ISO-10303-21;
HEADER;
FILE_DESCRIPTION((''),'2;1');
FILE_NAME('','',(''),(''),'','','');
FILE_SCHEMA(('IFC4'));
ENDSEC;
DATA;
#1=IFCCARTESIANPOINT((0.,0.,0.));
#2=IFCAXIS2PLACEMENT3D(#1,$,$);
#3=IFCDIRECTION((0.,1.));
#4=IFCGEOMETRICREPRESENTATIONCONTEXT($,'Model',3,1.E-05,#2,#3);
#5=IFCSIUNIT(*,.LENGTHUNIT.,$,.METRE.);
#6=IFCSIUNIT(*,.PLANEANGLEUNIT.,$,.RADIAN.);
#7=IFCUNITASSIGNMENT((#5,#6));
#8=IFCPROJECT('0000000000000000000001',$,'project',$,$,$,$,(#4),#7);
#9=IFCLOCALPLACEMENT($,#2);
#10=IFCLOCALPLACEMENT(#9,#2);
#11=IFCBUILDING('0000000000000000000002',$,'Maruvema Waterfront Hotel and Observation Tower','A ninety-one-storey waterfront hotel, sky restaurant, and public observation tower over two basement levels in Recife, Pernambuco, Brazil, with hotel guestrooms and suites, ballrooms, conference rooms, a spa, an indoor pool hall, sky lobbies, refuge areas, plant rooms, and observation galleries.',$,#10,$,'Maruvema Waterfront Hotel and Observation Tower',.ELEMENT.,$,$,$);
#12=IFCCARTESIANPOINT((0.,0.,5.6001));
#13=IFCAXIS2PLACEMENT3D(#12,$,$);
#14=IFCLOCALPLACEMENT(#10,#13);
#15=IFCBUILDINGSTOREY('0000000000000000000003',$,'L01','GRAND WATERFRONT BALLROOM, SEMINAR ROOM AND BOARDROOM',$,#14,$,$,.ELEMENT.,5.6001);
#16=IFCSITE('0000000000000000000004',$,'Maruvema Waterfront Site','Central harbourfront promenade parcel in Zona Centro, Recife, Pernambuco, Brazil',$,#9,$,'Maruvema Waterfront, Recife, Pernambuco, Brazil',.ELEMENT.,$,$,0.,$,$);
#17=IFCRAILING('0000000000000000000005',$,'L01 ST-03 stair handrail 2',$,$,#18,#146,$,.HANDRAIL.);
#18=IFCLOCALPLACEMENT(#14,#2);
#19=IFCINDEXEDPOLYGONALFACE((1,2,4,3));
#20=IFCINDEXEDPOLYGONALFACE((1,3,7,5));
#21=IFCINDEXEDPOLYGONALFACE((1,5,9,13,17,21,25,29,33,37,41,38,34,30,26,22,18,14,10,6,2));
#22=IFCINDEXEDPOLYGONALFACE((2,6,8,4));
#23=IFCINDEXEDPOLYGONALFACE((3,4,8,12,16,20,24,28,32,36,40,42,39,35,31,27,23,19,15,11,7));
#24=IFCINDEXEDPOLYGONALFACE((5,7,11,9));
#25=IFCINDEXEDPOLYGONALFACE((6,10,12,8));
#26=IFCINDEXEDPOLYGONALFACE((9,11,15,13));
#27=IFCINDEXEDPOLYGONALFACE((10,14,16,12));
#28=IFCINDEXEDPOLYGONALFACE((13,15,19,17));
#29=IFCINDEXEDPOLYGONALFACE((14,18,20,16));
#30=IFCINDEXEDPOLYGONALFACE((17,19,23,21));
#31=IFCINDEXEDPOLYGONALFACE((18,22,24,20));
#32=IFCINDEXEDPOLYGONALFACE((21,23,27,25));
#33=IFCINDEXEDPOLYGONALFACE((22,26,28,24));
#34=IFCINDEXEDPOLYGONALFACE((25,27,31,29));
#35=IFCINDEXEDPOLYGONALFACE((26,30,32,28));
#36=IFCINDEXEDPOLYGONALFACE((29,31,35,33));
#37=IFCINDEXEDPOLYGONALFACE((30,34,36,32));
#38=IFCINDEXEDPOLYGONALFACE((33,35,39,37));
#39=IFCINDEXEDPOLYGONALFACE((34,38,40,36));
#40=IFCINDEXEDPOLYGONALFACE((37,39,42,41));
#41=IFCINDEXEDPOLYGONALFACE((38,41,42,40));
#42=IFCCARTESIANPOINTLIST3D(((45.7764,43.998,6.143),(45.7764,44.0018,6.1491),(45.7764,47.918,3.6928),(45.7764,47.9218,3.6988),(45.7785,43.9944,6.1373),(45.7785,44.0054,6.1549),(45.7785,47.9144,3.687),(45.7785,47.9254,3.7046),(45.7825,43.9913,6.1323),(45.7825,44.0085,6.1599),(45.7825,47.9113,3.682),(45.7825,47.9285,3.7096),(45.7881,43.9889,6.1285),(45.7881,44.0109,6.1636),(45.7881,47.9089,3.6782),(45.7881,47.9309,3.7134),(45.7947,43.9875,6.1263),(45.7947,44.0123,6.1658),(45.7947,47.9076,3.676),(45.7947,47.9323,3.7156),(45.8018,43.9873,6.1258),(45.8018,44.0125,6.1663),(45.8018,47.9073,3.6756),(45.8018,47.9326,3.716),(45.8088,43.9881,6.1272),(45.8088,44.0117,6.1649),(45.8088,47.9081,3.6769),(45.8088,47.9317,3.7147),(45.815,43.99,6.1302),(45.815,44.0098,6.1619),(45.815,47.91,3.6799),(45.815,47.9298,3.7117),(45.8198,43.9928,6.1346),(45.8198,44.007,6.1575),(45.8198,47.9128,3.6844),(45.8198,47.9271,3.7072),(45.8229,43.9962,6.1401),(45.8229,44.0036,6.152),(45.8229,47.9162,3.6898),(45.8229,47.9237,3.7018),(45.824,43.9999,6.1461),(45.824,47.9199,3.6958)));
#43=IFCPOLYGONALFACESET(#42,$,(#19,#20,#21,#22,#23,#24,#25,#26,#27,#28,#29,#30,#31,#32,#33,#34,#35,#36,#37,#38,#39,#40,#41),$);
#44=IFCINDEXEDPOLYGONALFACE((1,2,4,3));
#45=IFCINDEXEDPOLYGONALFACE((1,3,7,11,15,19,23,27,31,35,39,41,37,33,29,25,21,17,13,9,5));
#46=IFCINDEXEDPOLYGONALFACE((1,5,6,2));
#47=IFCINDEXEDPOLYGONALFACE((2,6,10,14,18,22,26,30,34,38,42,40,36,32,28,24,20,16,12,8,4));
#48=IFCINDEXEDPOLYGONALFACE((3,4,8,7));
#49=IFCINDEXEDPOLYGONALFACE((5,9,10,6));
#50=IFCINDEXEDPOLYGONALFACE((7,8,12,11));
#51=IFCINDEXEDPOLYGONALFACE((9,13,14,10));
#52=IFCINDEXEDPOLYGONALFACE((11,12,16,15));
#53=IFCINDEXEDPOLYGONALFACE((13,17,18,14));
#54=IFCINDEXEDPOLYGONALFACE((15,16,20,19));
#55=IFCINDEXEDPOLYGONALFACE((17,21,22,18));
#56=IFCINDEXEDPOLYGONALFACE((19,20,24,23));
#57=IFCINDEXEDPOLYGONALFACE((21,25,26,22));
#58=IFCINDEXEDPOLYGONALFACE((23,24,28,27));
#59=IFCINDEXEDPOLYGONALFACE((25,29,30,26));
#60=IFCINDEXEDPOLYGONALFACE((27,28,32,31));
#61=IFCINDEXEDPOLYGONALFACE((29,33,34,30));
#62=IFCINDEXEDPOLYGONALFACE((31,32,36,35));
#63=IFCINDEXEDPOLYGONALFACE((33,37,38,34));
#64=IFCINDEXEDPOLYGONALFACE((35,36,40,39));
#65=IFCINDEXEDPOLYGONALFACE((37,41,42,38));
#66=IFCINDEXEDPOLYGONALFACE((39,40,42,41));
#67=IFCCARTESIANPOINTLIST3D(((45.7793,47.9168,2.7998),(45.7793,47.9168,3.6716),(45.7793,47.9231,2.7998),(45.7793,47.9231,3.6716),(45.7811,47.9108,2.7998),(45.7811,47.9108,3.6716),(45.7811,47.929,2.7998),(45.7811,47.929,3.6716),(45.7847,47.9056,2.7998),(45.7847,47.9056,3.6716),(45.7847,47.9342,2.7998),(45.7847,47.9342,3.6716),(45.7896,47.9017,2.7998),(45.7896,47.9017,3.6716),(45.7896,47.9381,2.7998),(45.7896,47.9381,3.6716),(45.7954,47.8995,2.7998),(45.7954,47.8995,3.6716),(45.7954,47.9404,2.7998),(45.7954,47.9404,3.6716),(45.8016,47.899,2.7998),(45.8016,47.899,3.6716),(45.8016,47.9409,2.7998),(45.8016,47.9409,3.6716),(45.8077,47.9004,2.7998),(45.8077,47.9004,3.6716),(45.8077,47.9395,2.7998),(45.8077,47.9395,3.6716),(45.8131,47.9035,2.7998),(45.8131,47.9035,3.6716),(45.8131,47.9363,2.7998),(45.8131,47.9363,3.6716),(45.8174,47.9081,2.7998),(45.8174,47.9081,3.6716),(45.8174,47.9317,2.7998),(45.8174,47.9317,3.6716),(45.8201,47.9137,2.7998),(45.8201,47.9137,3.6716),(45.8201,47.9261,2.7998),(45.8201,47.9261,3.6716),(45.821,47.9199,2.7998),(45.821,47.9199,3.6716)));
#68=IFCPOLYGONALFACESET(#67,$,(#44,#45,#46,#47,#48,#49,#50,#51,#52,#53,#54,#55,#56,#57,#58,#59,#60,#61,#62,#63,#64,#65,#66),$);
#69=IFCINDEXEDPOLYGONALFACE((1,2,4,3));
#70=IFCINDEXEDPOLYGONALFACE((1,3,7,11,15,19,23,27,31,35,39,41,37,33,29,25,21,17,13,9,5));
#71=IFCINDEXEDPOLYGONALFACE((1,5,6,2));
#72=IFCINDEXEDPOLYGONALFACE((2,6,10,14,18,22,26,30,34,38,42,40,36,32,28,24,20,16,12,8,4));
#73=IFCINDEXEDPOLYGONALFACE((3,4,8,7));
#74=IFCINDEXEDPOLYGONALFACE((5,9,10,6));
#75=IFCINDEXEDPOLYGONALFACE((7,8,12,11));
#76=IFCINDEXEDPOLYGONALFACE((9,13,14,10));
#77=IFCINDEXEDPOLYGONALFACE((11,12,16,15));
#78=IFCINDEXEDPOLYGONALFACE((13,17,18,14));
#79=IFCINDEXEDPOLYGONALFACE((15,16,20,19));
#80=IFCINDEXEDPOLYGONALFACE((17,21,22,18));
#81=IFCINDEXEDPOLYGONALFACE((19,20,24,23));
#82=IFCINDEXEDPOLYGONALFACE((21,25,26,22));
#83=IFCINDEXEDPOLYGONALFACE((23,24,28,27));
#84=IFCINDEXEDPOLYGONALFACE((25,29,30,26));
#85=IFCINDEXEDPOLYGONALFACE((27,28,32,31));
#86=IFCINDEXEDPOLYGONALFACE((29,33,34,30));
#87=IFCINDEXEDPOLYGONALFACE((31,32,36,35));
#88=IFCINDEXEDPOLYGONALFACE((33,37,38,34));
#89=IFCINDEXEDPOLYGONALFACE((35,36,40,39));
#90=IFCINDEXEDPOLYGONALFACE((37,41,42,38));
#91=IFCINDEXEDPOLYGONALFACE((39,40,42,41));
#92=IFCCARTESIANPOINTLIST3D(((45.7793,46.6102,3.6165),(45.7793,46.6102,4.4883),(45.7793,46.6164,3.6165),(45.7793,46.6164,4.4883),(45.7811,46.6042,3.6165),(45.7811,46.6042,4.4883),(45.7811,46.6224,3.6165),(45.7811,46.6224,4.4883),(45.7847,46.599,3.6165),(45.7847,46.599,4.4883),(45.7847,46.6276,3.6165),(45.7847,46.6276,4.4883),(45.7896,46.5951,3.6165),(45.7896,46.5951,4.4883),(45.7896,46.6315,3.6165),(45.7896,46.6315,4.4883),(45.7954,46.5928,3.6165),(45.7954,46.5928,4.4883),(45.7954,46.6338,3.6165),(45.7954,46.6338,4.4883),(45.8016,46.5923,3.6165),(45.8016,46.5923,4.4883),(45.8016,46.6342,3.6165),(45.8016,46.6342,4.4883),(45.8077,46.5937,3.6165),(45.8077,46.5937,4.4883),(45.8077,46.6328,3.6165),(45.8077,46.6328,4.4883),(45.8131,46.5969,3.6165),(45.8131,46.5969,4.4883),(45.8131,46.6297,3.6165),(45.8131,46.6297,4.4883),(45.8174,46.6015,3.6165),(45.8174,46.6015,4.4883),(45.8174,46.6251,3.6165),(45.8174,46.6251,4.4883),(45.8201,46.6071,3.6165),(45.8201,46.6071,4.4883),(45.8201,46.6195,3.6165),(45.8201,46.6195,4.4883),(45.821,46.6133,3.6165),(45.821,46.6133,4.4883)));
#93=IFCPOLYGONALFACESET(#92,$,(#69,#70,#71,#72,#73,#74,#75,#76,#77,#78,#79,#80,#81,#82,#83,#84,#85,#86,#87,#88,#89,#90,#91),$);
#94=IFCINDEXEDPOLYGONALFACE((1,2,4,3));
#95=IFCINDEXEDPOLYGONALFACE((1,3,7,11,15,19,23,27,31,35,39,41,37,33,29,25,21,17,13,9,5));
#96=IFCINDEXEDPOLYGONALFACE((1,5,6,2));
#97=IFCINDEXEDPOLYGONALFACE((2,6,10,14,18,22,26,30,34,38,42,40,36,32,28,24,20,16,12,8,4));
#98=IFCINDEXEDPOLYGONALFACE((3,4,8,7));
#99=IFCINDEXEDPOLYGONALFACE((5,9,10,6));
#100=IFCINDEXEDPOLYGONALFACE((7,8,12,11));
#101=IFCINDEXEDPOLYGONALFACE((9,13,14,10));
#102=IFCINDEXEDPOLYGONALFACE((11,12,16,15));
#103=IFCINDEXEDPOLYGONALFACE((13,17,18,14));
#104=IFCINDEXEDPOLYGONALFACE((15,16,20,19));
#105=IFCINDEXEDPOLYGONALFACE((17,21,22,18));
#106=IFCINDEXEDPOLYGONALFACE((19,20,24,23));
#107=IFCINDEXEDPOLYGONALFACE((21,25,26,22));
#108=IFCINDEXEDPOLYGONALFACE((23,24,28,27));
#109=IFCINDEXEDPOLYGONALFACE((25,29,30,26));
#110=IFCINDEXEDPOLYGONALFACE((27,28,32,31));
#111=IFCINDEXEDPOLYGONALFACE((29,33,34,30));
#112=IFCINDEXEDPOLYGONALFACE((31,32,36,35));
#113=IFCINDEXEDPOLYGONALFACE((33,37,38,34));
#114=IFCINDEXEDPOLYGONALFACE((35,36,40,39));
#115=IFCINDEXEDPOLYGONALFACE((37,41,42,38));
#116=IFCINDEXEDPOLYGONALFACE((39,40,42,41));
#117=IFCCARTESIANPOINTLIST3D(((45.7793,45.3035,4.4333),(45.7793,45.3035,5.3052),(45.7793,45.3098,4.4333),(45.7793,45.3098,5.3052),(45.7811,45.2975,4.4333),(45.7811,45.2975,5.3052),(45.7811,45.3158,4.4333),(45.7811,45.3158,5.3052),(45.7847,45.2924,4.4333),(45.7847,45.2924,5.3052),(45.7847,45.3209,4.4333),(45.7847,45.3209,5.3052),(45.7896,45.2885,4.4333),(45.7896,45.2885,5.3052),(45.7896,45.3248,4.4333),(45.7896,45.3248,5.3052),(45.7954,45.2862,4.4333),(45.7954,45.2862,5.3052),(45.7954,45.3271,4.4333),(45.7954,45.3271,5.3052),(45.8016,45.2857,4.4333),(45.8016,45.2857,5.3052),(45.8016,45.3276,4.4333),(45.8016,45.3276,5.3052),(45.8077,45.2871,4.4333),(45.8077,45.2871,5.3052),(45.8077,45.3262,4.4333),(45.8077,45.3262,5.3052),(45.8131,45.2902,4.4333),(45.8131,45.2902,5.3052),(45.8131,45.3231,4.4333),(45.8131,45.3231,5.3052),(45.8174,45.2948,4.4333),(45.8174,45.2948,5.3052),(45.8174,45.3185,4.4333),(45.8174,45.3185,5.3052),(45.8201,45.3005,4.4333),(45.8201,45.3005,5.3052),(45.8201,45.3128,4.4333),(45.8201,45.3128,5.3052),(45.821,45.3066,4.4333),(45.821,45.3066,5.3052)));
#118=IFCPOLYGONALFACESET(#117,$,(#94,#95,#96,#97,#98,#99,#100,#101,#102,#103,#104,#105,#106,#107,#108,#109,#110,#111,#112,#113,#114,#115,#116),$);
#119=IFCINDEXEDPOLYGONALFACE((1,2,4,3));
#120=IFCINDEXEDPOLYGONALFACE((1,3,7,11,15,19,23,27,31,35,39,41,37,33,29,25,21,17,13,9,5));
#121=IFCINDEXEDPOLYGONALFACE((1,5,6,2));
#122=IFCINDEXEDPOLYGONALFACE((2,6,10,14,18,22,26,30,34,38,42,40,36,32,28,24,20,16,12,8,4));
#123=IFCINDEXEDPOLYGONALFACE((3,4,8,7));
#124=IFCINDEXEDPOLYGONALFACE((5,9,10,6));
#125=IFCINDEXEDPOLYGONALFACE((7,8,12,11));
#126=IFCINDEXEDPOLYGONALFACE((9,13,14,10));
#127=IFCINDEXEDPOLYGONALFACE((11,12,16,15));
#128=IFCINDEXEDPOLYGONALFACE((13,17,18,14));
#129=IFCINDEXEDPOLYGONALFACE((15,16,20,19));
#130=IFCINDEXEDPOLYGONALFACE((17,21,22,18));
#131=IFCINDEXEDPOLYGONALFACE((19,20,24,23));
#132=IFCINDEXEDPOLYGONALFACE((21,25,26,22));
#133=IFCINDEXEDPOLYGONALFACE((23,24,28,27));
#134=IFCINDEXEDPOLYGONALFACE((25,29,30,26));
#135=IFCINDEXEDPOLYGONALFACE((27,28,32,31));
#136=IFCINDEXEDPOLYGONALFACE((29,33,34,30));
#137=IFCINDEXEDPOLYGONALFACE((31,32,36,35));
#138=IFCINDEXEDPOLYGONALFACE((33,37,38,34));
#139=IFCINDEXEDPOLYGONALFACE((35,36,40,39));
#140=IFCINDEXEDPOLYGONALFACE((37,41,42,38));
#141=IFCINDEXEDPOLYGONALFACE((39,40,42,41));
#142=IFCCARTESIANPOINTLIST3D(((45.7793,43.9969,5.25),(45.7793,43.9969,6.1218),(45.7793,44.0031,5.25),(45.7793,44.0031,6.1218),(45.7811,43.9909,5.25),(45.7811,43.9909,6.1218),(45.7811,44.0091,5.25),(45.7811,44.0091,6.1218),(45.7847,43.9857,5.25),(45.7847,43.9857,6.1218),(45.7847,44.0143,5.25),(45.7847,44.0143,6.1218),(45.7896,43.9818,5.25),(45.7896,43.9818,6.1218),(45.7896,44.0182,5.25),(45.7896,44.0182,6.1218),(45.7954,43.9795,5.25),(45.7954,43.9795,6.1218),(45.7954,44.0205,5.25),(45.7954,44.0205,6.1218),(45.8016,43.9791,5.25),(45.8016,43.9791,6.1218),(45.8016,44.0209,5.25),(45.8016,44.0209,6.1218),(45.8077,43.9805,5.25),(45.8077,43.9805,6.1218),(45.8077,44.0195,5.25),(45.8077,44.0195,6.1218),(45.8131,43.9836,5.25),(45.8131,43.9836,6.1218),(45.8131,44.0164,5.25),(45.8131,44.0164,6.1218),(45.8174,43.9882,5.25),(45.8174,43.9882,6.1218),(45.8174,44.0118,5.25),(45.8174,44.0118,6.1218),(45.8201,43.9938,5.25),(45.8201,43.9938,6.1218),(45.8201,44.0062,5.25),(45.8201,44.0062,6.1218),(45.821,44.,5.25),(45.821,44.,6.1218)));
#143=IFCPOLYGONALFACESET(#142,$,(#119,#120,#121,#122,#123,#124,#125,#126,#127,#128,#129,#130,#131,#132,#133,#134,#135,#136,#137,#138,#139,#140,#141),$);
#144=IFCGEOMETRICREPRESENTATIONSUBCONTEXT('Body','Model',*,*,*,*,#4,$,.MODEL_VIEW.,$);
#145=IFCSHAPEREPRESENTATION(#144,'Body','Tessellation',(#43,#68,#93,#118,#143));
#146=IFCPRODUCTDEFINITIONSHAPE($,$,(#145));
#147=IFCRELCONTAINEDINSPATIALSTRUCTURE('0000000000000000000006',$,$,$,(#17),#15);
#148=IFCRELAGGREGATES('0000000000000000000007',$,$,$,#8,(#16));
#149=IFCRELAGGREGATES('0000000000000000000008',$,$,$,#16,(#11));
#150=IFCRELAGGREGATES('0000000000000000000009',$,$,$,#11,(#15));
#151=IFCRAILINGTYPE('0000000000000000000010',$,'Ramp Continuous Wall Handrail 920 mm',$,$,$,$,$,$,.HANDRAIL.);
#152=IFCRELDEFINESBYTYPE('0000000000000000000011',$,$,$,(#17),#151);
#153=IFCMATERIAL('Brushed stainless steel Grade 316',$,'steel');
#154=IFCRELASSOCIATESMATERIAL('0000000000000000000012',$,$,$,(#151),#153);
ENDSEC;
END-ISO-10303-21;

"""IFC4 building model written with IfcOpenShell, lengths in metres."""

from ifc_helpers import new_model, si_unit, direction, frame, origin, origin_2d, place, context, subcontext, project, spatial, circle, extrude, material, type_object, element, save


model = new_model("IFC4")

# Units and contexts
model_context = context("Model", 3, precision=1e-05, world=origin(), true_north=direction((0.0, 1.0)))
body_context = subcontext(model_context, "Body", "Model", "MODEL_VIEW")
ifc_project = project(units=[si_unit("LENGTHUNIT", "METRE"), si_unit("PLANEANGLEUNIT", "RADIAN")], contexts=[model_context])

# Site, building, storey
site_placement = place(None, origin())
site = spatial("IfcSite", under=ifc_project, at=site_placement, Name="Maruvema Waterfront Site", Description="Central harbourfront promenade parcel in Zona Centro, Recife, Pernambuco, Brazil", LongName="Maruvema Waterfront, Recife, Pernambuco, Brazil", CompositionType="ELEMENT", RefElevation=0.0)
building_placement = place(site_placement, origin())
building = spatial("IfcBuilding", under=site, at=building_placement, Name="Maruvema Waterfront Hotel and Observation Tower", Description="A ninety-one-storey waterfront hotel, sky restaurant, and public observation tower over two basement levels in Recife, Pernambuco, Brazil, with hotel guestrooms and suites, ballrooms, conference rooms, a spa, an indoor pool hall, sky lobbies, refuge areas, plant rooms, and observation galleries.", LongName="Maruvema Waterfront Hotel and Observation Tower", CompositionType="ELEMENT")
storey_placement = place(building_placement, frame((0.0, 0.0, 5.6001)))
storey = spatial("IfcBuildingStorey", under=building, at=storey_placement, Name="L01", Description="GRAND WATERFRONT BALLROOM, SEMINAR ROOM AND BOARDROOM", CompositionType="ELEMENT", Elevation=5.6001)

# Railing
ifc_material_1 = material(Name="Brushed stainless steel Grade 316", Category="steel")
railing_type_1 = type_object("IfcRailingType", Name="Ramp Continuous Wall Handrail 920 mm", PredefinedType="HANDRAIL", material=ifc_material_1)
railing_1_placement = place(storey_placement, frame((45.8, 47.9199, 2.7998)))
element("IfcRailing", 1, at=railing_1_placement, inside=storey, type_object=railing_type_1, Name="L01 ST-03 stair handrail 2", PredefinedType="HANDRAIL", context=body_context, shape_type="SweptSolid", body=[
    extrude(circle(Radius=0.0239, at=origin_2d()), frame((0.0, 0.0, 0.896), z_axis=(0.0, -0.847975, 0.530037), x_axis=(1.0, 0.0, 0.0)), (0.0, 0.0, 1.0), 4.6228),
    extrude(circle(Radius=0.021, at=origin_2d()), origin(), (0.0, 0.0, 1.0), 0.8718),
    extrude(circle(Radius=0.021, at=origin_2d()), frame((0.0, -1.3066, 0.8167)), (0.0, 0.0, 1.0), 0.8718),
    extrude(circle(Radius=0.021, at=origin_2d()), frame((0.0, -2.6133, 1.6335)), (0.0, 0.0, 1.0), 0.8718),
    extrude(circle(Radius=0.021, at=origin_2d()), frame((0.0, -3.9199, 2.4502)), (0.0, 0.0, 1.0), 0.8718),
])

save(model, "model.ifc")
